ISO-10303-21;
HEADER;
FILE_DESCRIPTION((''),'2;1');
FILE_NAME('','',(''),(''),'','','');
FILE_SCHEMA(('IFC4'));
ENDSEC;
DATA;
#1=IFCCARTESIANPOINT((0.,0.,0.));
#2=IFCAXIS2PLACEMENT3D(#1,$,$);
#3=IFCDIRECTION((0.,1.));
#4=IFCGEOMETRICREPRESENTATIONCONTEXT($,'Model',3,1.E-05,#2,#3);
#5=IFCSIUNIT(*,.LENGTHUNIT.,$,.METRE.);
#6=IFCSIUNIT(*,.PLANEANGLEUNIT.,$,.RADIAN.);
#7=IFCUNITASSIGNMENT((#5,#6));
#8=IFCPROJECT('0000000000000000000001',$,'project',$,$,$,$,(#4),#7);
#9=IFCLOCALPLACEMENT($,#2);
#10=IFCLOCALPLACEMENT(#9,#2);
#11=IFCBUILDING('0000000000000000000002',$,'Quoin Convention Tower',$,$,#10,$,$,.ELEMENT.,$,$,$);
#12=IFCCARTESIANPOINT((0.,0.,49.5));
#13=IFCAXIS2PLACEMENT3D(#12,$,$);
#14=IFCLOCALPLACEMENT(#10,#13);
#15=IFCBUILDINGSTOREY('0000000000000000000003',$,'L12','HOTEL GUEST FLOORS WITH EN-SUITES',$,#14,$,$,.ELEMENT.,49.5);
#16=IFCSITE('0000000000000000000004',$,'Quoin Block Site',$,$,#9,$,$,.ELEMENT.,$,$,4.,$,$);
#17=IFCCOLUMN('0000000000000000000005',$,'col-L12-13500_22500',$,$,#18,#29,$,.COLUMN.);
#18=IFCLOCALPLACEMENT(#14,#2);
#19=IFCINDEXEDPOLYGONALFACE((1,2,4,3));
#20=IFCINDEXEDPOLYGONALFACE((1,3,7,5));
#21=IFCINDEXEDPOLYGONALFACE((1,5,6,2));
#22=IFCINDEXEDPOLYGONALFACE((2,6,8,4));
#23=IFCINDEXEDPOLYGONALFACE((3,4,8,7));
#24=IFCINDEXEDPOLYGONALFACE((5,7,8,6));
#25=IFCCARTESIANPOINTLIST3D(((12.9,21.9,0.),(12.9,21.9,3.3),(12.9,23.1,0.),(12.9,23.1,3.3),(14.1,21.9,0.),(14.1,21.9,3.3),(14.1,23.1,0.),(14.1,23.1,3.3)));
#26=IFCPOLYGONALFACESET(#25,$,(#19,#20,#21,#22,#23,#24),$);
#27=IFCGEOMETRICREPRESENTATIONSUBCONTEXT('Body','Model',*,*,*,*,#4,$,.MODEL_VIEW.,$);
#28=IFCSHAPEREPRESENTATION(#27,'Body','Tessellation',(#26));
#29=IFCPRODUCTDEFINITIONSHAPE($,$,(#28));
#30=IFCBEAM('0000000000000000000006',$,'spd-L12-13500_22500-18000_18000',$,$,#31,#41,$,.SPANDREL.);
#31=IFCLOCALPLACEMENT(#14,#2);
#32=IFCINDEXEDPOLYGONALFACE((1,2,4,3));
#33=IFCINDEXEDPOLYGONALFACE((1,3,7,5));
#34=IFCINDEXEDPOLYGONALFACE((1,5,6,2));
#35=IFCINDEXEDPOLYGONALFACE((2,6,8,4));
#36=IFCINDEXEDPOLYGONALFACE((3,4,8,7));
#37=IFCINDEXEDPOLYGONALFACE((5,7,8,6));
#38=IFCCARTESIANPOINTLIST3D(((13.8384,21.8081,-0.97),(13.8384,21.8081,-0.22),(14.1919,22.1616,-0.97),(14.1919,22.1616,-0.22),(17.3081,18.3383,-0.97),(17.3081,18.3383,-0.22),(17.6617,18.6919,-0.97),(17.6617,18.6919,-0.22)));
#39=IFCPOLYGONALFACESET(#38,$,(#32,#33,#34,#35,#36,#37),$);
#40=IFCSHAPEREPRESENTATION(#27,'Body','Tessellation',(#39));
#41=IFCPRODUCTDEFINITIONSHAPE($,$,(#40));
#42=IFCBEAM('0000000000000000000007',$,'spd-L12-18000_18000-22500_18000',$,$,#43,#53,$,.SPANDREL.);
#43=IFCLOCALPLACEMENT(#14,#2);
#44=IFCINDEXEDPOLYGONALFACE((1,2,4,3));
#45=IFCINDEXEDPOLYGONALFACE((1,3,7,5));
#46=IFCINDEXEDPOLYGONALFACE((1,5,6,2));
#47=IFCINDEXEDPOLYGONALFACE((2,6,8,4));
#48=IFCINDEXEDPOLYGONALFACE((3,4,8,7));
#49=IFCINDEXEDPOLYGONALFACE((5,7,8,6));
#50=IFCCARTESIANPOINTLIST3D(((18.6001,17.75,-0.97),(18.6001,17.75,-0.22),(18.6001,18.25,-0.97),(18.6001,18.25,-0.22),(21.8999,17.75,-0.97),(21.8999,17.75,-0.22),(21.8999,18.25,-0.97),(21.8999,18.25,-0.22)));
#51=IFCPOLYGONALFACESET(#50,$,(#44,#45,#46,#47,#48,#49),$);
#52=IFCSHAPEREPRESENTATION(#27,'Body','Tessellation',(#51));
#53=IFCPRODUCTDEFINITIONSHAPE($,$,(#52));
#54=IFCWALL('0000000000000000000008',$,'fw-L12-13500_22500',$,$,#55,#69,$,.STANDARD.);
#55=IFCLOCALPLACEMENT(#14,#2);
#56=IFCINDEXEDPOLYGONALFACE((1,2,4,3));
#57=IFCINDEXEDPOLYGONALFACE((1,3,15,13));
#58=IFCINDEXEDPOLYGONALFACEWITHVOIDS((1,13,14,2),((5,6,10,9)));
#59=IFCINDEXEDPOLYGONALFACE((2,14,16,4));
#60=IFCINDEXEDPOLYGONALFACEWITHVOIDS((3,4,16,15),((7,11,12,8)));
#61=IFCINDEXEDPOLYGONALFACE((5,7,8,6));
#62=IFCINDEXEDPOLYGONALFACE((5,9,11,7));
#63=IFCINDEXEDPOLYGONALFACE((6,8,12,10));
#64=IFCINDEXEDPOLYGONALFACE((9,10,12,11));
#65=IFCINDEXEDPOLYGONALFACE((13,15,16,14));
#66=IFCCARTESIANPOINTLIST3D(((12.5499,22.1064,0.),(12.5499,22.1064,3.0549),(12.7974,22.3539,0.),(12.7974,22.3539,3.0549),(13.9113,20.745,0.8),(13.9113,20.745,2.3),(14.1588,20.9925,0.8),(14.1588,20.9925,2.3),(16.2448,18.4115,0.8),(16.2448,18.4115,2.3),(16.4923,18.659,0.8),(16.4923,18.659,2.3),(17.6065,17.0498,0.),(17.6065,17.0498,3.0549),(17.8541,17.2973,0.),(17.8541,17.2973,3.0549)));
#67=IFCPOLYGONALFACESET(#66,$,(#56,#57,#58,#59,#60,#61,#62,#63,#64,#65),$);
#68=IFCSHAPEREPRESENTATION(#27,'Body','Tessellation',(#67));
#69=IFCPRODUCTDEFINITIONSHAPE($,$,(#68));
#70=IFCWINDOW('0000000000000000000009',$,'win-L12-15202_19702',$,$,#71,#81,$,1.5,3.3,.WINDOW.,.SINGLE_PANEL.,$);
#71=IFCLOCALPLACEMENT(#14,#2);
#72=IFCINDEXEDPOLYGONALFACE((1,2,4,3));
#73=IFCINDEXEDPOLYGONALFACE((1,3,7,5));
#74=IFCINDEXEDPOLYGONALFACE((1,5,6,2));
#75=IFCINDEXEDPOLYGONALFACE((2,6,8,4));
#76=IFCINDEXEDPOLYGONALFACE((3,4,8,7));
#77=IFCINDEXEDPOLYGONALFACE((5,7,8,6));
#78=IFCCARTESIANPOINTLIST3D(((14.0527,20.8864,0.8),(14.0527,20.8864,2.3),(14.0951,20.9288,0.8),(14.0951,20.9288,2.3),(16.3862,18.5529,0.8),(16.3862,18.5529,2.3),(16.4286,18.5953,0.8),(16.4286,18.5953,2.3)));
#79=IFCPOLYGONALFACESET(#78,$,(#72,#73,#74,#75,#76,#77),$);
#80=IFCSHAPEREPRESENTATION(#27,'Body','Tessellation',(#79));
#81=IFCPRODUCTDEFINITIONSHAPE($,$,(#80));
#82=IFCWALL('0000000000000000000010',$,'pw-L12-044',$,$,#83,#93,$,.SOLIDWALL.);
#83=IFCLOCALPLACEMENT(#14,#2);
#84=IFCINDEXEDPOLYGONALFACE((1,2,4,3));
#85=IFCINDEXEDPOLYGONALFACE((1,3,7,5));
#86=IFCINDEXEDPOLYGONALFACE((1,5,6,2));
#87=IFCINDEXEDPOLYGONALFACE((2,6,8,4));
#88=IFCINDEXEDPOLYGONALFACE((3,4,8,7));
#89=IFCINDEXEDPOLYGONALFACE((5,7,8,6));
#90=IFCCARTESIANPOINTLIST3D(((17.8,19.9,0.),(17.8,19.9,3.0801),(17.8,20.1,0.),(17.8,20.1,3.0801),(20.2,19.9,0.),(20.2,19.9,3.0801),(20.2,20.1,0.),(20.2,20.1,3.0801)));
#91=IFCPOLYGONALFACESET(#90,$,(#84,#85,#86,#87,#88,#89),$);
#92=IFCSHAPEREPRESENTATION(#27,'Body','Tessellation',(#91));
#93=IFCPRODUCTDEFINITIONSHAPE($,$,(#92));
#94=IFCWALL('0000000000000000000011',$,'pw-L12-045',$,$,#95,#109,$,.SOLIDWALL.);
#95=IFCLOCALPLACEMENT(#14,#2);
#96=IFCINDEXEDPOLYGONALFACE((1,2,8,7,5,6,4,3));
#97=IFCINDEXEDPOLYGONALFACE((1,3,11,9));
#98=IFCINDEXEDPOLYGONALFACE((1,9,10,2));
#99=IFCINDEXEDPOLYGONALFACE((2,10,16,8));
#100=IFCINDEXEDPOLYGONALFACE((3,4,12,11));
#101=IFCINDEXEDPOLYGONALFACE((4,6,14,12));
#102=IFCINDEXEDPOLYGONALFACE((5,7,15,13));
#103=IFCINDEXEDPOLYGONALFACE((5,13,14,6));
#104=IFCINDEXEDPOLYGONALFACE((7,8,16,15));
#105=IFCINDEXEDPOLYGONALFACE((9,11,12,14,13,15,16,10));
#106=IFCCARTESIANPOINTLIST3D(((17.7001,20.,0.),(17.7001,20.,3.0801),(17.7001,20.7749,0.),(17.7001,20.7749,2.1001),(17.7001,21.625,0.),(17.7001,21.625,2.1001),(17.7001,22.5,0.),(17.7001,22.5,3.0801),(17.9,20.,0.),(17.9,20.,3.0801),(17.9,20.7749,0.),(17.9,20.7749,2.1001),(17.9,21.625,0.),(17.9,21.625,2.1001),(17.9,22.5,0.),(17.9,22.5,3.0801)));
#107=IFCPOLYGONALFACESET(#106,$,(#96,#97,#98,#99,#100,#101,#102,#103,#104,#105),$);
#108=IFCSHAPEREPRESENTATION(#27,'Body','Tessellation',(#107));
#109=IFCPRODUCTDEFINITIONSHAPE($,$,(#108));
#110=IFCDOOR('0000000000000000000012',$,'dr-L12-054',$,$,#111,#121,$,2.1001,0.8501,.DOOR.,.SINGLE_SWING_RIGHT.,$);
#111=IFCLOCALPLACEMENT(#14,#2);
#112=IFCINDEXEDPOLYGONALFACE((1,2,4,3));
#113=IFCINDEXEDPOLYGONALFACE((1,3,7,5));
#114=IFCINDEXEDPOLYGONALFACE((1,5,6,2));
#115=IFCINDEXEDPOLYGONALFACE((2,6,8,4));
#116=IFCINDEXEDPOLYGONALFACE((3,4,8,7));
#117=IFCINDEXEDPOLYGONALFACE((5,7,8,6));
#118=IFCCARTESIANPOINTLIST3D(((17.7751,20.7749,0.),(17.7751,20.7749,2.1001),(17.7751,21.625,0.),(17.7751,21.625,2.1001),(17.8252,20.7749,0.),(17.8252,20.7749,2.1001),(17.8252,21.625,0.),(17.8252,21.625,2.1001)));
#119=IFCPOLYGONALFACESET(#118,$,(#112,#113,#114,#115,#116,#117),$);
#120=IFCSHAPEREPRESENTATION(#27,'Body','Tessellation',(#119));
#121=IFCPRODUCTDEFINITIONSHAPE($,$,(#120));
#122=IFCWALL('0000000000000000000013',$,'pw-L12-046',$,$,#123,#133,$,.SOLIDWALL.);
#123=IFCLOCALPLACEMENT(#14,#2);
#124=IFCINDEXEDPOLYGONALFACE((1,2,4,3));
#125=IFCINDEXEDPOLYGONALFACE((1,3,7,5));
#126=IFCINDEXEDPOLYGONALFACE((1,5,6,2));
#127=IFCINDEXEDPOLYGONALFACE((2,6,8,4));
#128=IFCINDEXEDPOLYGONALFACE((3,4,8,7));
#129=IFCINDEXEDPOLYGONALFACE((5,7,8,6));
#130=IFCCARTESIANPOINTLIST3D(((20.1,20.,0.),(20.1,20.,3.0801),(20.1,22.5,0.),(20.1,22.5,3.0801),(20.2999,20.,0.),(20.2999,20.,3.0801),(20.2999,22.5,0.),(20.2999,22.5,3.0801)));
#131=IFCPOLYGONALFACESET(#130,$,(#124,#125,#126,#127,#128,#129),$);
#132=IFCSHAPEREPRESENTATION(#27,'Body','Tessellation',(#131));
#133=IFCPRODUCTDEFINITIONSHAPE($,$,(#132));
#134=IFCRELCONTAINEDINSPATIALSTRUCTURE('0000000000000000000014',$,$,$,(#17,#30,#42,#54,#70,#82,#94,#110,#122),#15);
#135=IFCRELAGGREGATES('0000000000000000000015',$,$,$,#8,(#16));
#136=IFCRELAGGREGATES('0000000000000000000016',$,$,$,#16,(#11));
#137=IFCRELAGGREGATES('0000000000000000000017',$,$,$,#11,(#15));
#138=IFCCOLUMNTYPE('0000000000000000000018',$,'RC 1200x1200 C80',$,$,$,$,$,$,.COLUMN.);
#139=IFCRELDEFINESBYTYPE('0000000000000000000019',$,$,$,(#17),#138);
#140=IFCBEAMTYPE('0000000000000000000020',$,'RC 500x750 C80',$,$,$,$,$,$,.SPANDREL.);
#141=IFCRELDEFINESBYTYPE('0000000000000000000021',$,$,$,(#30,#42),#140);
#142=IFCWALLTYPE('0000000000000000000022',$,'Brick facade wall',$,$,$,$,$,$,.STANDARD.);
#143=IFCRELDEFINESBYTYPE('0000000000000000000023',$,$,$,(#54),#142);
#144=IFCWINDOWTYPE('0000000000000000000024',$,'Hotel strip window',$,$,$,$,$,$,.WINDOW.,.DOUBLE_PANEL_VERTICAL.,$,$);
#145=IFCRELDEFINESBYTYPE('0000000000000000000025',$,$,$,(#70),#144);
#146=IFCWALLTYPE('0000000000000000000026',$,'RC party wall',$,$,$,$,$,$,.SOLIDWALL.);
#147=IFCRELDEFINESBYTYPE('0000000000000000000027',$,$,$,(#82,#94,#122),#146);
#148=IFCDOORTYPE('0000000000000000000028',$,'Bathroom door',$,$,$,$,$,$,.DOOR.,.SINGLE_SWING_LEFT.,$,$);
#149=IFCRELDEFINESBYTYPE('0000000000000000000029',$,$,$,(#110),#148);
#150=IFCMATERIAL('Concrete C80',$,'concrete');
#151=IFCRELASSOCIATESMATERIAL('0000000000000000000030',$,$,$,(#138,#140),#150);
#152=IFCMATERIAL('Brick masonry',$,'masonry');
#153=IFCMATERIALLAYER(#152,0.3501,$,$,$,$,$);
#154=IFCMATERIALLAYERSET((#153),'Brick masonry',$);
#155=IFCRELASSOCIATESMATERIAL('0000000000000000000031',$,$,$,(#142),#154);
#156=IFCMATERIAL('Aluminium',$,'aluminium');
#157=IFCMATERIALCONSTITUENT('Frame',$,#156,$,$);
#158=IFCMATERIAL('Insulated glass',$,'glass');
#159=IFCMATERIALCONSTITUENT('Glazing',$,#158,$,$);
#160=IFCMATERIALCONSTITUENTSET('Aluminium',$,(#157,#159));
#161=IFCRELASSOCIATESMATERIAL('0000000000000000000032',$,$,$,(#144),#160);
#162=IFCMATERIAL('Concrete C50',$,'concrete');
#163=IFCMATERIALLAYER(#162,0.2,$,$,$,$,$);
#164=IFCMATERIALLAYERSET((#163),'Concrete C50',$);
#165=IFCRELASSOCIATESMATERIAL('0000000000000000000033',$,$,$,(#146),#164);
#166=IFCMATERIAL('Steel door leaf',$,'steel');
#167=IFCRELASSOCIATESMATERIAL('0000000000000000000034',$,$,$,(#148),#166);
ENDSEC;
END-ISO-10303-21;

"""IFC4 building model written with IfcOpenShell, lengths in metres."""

from ifc_helpers import new_model, si_unit, direction, frame, frame_2d, origin, origin_2d, place, context, subcontext, project, spatial, rectangle, extrude, material, layer, layer_set, constituent, constituent_set, material_profile, profile_set, type_object, element, fill, save


model = new_model("IFC4")

# Units and contexts
model_context = context("Model", 3, precision=1e-05, world=origin(), true_north=direction((0.0, 1.0)))
body_context = subcontext(model_context, "Body", "Model", "MODEL_VIEW")
ifc_project = project(units=[si_unit("LENGTHUNIT", "METRE"), si_unit("PLANEANGLEUNIT", "RADIAN")], contexts=[model_context])

# Site, building, storey
site_placement = place(None, origin())
site = spatial("IfcSite", under=ifc_project, at=site_placement, Name="Quoin Block Site", CompositionType="ELEMENT", RefElevation=4.0)
building_placement = place(site_placement, origin())
building = spatial("IfcBuilding", under=site, at=building_placement, Name="Quoin Convention Tower", CompositionType="ELEMENT")
storey_placement = place(building_placement, frame((0.0, 0.0, 49.5)))
storey = spatial("IfcBuildingStorey", under=building, at=storey_placement, Name="L12", Description="HOTEL GUEST FLOORS WITH EN-SUITES", CompositionType="ELEMENT", Elevation=49.5)

# Column
ifc_material_1 = material(Name="Concrete C80", Category="concrete")
ifc_material_profile_1 = material_profile(ifc_material_1, rectangle(XDim=1.2, YDim=1.2, at=origin_2d()), Name="RC 1200x1200")
ifc_profile_set_1 = profile_set([ifc_material_profile_1], Name="Concrete C80")
column_type = type_object("IfcColumnType", Name="RC 1200x1200 C80", PredefinedType="COLUMN", material=ifc_profile_set_1)
column_placement = place(storey_placement, frame((13.5, 22.5, 0.0), z_axis=(0.0, 0.0, 1.0), x_axis=(1.0, 0.0, 0.0)))
element("IfcColumn", 1, at=column_placement, inside=storey, type_object=column_type, Name="col-L12-13500_22500", PredefinedType="COLUMN", context=body_context, shape_type="SweptSolid", body=[
    extrude(rectangle(XDim=1.2, YDim=1.2, at=origin_2d()), origin(), (0.0, 0.0, 1.0), 3.3),
])

# Beams
ifc_material_profile_2 = material_profile(ifc_material_1, rectangle(XDim=0.5, YDim=0.75, at=origin_2d()), Name="RC 500x750")
ifc_profile_set_2 = profile_set([ifc_material_profile_2], Name="Concrete C80")
beam_type = type_object("IfcBeamType", Name="RC 500x750 C80", PredefinedType="SPANDREL", material=ifc_profile_set_2)
beam_1_placement = place(storey_placement, frame((14.0151, 21.9849, -0.595), z_axis=(0.707107, -0.707107, 0.0), x_axis=(0.707107, 0.707107, 0.0)))
element("IfcBeam", 2, at=beam_1_placement, inside=storey, type_object=beam_type, Name="spd-L12-13500_22500-18000_18000", PredefinedType="SPANDREL", context=body_context, shape_type="SweptSolid", body=[
    extrude(rectangle(XDim=0.5, YDim=0.75, at=origin_2d()), origin(), (0.0, 0.0, 1.0), 4.907),
])
beam_2_placement = place(storey_placement, frame((18.6001, 18.0, -0.595), z_axis=(1.0, 0.0, 0.0), x_axis=(0.0, 1.0, 0.0)))
element("IfcBeam", 3, at=beam_2_placement, inside=storey, type_object=beam_type, Name="spd-L12-18000_18000-22500_18000", PredefinedType="SPANDREL", context=body_context, shape_type="SweptSolid", body=[
    extrude(rectangle(XDim=0.5, YDim=0.75, at=origin_2d()), origin(), (0.0, 0.0, 1.0), 3.2998),
])

# Wall, opening, window
ifc_material_2 = material(Name="Brick masonry", Category="masonry")
ifc_layer_1 = layer(ifc_material_2, 0.3501)
ifc_layer_set_1 = layer_set([ifc_layer_1], Name="Brick masonry")
wall_type_1 = type_object("IfcWallType", Name="Brick facade wall", PredefinedType="STANDARD", material=ifc_layer_set_1)
wall_1_placement = place(storey_placement, frame((12.6736, 22.2302, 0.0), z_axis=(0.0, 0.0, 1.0), x_axis=(0.707107, -0.707107, 0.0)))
wall_1 = element("IfcWall", 4, at=wall_1_placement, inside=storey, type_object=wall_type_1, Name="fw-L12-13500_22500", PredefinedType="STANDARD", context=body_context, shape_type="SweptSolid", body=[
    extrude(rectangle(XDim=7.1511, YDim=0.3501, at=frame_2d((3.5757, 0.0))), origin(), (0.0, 0.0, 1.0), 3.0549),
])
opening_1_placement = place(wall_1_placement, frame((1.9255, 0.0, 0.8)))
opening_1 = element("IfcOpeningElement", 5, at=opening_1_placement, cuts=wall_1, PredefinedType="OPENING", context=body_context, shape_type="SweptSolid", body=[
    extrude(rectangle(XDim=3.3, YDim=1.5, at=frame_2d((1.6499, 0.75))), frame((0.0, 0.1851, 0.0), z_axis=(0.0, -1.0, 0.0), x_axis=(1.0, 0.0, 0.0)), (0.0, 0.0, 1.0), 0.3701),
])
ifc_material_3 = material(Name="Aluminium", Category="aluminium")
ifc_constituent_1 = constituent(ifc_material_3, Name="Frame")
ifc_material_4 = material(Name="Insulated glass", Category="glass")
ifc_constituent_2 = constituent(ifc_material_4, Name="Glazing")
ifc_constituent_set = constituent_set(constituents=[ifc_constituent_1, ifc_constituent_2], Name="Aluminium")
window_type = type_object("IfcWindowType", Name="Hotel strip window", PartitioningType="DOUBLE_PANEL_VERTICAL", PredefinedType="WINDOW", material=ifc_constituent_set)
window_placement = place(opening_1_placement, origin())
window = element("IfcWindow", 6, at=window_placement, inside=storey, type_object=window_type, Name="win-L12-15202_19702", OverallHeight=1.5, OverallWidth=3.3, PartitioningType="SINGLE_PANEL", PredefinedType="WINDOW", context=body_context, shape_type="SweptSolid", body=[
    extrude(rectangle(XDim=3.3, YDim=1.5, at=frame_2d((1.6499, 0.75))), frame((0.0, 0.085, 0.0), z_axis=(0.0, -1.0, 0.0), x_axis=(1.0, 0.0, 0.0)), (0.0, 0.0, 1.0), 0.0601),
])
fill(opening_1, window)

# Wall
ifc_material_5 = material(Name="Concrete C50", Category="concrete")
ifc_layer_2 = layer(ifc_material_5, 0.2)
ifc_layer_set_2 = layer_set([ifc_layer_2], Name="Concrete C50")
wall_type_2 = type_object("IfcWallType", Name="RC party wall", PredefinedType="SOLIDWALL", material=ifc_layer_set_2)
wall_2_placement = place(storey_placement, frame((17.8, 20.0, 0.0), z_axis=(0.0, 0.0, 1.0), x_axis=(1.0, 0.0, 0.0)))
element("IfcWall", 7, at=wall_2_placement, inside=storey, type_object=wall_type_2, Name="pw-L12-044", PredefinedType="SOLIDWALL", context=body_context, shape_type="SweptSolid", body=[
    extrude(rectangle(XDim=2.3999, YDim=0.2, at=frame_2d((1.2, 0.0))), origin(), (0.0, 0.0, 1.0), 3.0801),
])

# Wall, opening, door
wall_3_placement = place(storey_placement, frame((17.8, 20.0, 0.0), z_axis=(0.0, 0.0, 1.0), x_axis=(0.0, 1.0, 0.0)))
wall_3 = element("IfcWall", 8, at=wall_3_placement, inside=storey, type_object=wall_type_2, Name="pw-L12-045", PredefinedType="SOLIDWALL", context=body_context, shape_type="SweptSolid", body=[
    extrude(rectangle(XDim=2.5, YDim=0.2, at=frame_2d((1.25, 0.0))), origin(), (0.0, 0.0, 1.0), 3.0801),
])
opening_2_placement = place(wall_3_placement, frame((0.7749, 0.0, 0.0)))
opening_2 = element("IfcOpeningElement", 9, at=opening_2_placement, cuts=wall_3, PredefinedType="OPENING", context=body_context, shape_type="SweptSolid", body=[
    extrude(rectangle(XDim=0.8501, YDim=2.1001, at=frame_2d((0.425, 1.05))), frame((0.0, 0.1099, 0.0), z_axis=(0.0, -1.0, 0.0), x_axis=(1.0, 0.0, 0.0)), (0.0, 0.0, 1.0), 0.22),
])
ifc_material_6 = material(Name="Steel door leaf", Category="steel")
door_type = type_object("IfcDoorType", Name="Bathroom door", OperationType="SINGLE_SWING_LEFT", PredefinedType="DOOR", material=ifc_material_6)
door_placement = place(opening_2_placement, origin())
door = element("IfcDoor", 10, at=door_placement, inside=storey, type_object=door_type, Name="dr-L12-054", OperationType="SINGLE_SWING_RIGHT", OverallHeight=2.1001, OverallWidth=0.8501, PredefinedType="DOOR", context=body_context, shape_type="SweptSolid", body=[
    extrude(rectangle(XDim=0.8501, YDim=2.1001, at=frame_2d((0.425, 1.05))), frame((0.0, 0.0249, 0.0), z_axis=(0.0, -1.0, 0.0), x_axis=(1.0, 0.0, 0.0)), (0.0, 0.0, 1.0), 0.05),
])
fill(opening_2, door)

# Wall
wall_4_placement = place(storey_placement, frame((20.2, 20.0, 0.0), z_axis=(0.0, 0.0, 1.0), x_axis=(0.0, 1.0, 0.0)))
element("IfcWall", 11, at=wall_4_placement, inside=storey, type_object=wall_type_2, Name="pw-L12-046", PredefinedType="SOLIDWALL", context=body_context, shape_type="SweptSolid", body=[
    extrude(rectangle(XDim=2.5, YDim=0.2, at=frame_2d((1.25, 0.0))), origin(), (0.0, 0.0, 1.0), 3.0801),
])

save(model, "model.ifc")
